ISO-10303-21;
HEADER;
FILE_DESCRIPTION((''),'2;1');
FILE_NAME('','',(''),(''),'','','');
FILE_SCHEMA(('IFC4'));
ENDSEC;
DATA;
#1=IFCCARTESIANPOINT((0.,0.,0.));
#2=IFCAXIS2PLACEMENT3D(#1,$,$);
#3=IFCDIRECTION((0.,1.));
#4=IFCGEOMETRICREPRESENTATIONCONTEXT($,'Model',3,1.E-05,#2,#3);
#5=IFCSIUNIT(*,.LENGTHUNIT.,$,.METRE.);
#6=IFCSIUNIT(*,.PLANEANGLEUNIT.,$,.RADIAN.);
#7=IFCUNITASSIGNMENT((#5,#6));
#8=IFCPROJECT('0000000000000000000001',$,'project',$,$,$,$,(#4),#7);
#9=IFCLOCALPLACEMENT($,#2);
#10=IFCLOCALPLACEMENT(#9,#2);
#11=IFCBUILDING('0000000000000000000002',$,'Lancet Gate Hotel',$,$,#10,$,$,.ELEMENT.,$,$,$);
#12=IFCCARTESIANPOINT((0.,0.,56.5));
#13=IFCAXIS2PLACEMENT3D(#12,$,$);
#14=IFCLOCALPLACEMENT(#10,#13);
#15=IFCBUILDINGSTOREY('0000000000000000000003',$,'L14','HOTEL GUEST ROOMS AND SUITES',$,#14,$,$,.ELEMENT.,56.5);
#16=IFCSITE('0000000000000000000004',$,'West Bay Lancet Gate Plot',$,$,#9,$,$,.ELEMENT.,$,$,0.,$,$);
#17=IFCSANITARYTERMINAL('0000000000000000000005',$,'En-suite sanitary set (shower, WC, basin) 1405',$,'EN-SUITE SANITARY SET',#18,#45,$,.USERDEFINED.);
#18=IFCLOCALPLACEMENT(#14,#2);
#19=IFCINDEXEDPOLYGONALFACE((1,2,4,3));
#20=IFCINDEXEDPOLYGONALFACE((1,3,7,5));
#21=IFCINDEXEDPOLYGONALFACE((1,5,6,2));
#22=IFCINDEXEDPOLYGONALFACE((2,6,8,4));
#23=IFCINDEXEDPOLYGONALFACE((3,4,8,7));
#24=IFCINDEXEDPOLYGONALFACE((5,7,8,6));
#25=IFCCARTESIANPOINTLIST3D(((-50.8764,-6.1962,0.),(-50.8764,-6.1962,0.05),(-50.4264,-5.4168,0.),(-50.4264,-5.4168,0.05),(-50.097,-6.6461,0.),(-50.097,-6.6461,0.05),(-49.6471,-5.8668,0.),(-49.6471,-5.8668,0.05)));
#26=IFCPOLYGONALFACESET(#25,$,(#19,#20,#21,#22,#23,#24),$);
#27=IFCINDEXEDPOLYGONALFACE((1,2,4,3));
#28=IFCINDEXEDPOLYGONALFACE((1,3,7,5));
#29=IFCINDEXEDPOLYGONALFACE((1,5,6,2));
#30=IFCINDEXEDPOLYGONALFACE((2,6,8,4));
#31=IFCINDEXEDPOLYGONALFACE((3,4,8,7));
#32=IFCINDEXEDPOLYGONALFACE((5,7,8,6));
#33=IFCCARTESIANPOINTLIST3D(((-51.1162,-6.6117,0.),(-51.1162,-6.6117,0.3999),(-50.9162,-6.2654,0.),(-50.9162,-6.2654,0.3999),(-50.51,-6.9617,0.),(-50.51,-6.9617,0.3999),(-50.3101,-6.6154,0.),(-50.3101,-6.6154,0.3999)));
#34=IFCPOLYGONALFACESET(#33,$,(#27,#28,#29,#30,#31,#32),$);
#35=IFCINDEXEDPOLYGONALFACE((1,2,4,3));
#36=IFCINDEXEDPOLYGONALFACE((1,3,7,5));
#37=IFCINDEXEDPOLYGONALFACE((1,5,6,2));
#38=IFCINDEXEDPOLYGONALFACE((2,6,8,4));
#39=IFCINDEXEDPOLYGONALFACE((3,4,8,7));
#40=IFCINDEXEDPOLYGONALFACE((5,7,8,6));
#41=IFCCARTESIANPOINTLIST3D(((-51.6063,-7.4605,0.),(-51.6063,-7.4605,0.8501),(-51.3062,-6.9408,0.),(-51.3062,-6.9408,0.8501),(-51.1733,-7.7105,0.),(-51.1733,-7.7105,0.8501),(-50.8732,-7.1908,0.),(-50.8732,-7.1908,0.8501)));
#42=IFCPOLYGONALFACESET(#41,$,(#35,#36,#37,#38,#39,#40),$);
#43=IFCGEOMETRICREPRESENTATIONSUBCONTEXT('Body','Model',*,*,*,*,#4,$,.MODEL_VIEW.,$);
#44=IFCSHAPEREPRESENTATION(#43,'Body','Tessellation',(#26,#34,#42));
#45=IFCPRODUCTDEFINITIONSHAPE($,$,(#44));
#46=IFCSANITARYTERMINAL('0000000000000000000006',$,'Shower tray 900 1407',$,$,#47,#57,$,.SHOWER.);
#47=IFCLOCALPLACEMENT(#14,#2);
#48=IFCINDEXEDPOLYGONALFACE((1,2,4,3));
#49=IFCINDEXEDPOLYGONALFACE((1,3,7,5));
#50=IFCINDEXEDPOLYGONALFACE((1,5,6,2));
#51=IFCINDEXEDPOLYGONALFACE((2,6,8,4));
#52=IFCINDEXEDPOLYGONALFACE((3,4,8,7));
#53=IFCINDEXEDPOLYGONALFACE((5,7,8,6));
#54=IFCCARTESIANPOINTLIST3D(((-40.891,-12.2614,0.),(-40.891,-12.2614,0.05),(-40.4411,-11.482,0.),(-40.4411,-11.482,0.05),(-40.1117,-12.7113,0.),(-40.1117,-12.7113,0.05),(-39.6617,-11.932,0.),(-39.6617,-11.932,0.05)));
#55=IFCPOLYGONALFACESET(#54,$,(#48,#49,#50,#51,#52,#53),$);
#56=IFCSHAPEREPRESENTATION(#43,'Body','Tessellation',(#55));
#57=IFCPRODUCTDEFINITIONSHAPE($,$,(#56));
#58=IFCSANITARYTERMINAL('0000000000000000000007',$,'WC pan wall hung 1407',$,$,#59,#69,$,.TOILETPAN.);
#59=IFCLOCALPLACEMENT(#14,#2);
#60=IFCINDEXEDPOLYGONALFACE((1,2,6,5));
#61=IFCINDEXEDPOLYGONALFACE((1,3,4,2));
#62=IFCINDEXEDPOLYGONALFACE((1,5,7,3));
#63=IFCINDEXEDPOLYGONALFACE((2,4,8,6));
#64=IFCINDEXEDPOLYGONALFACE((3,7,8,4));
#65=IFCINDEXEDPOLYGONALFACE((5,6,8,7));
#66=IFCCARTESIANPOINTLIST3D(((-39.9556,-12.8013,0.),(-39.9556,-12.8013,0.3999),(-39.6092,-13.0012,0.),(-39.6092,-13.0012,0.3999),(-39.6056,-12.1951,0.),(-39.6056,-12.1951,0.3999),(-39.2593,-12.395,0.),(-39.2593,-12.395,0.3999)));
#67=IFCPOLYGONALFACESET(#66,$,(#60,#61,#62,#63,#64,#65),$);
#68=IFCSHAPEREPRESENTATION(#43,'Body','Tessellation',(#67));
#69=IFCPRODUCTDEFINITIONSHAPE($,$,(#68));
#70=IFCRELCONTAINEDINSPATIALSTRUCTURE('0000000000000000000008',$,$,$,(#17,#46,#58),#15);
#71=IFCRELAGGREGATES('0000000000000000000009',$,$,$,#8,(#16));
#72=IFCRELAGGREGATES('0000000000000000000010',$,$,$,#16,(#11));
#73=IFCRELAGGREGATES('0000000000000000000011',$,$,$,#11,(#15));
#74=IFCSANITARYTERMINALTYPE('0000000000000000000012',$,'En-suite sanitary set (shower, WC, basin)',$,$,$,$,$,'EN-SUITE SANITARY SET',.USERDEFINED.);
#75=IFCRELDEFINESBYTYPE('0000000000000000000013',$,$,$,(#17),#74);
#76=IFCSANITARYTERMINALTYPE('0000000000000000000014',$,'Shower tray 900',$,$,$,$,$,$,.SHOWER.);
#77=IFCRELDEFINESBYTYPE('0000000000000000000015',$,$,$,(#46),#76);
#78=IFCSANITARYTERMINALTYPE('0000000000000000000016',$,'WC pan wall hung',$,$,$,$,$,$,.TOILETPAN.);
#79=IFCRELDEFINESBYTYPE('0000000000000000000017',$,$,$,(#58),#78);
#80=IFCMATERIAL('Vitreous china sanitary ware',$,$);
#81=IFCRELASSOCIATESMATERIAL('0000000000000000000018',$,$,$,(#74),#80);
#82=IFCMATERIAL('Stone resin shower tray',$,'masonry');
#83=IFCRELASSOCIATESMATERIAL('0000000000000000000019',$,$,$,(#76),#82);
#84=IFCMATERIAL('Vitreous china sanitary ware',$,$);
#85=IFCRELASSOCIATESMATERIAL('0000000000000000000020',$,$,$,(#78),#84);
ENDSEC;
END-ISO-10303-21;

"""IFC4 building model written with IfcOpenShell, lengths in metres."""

from ifc_helpers import new_model, si_unit, direction, frame, origin, origin_2d, place, context, subcontext, project, spatial, rectangle, extrude, material, type_object, element, save


model = new_model("IFC4")

# Units and contexts
model_context = context("Model", 3, precision=1e-05, world=origin(), true_north=direction((0.0, 1.0)))
body_context = subcontext(model_context, "Body", "Model", "MODEL_VIEW")
ifc_project = project(units=[si_unit("LENGTHUNIT", "METRE"), si_unit("PLANEANGLEUNIT", "RADIAN")], contexts=[model_context])

# Site, building, storey
site_placement = place(None, origin())
site = spatial("IfcSite", under=ifc_project, at=site_placement, Name="West Bay Lancet Gate Plot", CompositionType="ELEMENT", RefElevation=0.0)
building_placement = place(site_placement, origin())
building = spatial("IfcBuilding", under=site, at=building_placement, Name="Lancet Gate Hotel", CompositionType="ELEMENT")
storey_placement = place(building_placement, frame((0.0, 0.0, 56.5)))
storey = spatial("IfcBuildingStorey", under=building, at=storey_placement, Name="L14", Description="HOTEL GUEST ROOMS AND SUITES", CompositionType="ELEMENT", Elevation=56.5)

# Sanitary terminals
ifc_material_1 = material(Name="Vitreous china sanitary ware")
sanitary_terminal_type_1 = type_object("IfcSanitaryTerminalType", Name="En-suite sanitary set (shower, WC, basin)", ElementType="EN-SUITE SANITARY SET", PredefinedType="USERDEFINED", material=ifc_material_1)
sanitary_terminal_1_placement = place(storey_placement, frame((-50.2617, -6.0315, 0.0), z_axis=(0.0, 0.0, 1.0), x_axis=(1.0, 0.0, 0.0)))
element("IfcSanitaryTerminal", 1, at=sanitary_terminal_1_placement, inside=storey, type_object=sanitary_terminal_type_1, Name="En-suite sanitary set (shower, WC, basin) 1405", ObjectType="EN-SUITE SANITARY SET", PredefinedType="USERDEFINED", context=body_context, shape_type="SweptSolid", body=[
    extrude(rectangle(XDim=0.8999, YDim=0.8999, at=origin_2d()), frame((0.0, 0.0, 0.0), z_axis=(0.0, 0.0, 1.0), x_axis=(0.5, 0.866025, 0.0)), (0.0, 0.0, 1.0), 0.05),
    extrude(rectangle(XDim=0.3999, YDim=0.7, at=origin_2d()), frame((-0.4514, -0.582, 0.0), z_axis=(0.0, 0.0, 1.0), x_axis=(0.5, 0.866025, 0.0)), (0.0, 0.0, 1.0), 0.3999),
    extrude(rectangle(XDim=0.6001, YDim=0.5, at=origin_2d()), frame((-0.978, -1.2942, 0.0), z_axis=(0.0, 0.0, 1.0), x_axis=(0.5, 0.866025, 0.0)), (0.0, 0.0, 1.0), 0.8501),
])
ifc_material_2 = material(Name="Stone resin shower tray", Category="masonry")
sanitary_terminal_type_2 = type_object("IfcSanitaryTerminalType", Name="Shower tray 900", PredefinedType="SHOWER", material=ifc_material_2)
sanitary_terminal_2_placement = place(storey_placement, frame((-40.2764, -12.0967, 0.0), z_axis=(0.0, 0.0, 1.0), x_axis=(-0.866025, 0.5, 0.0)))
element("IfcSanitaryTerminal", 2, at=sanitary_terminal_2_placement, inside=storey, type_object=sanitary_terminal_type_2, Name="Shower tray 900 1407", PredefinedType="SHOWER", context=body_context, shape_type="SweptSolid", body=[
    extrude(rectangle(XDim=0.8999, YDim=0.8999, at=origin_2d()), origin(), (0.0, 0.0, 1.0), 0.05),
])
ifc_material_3 = material(Name="Vitreous china sanitary ware")
sanitary_terminal_type_3 = type_object("IfcSanitaryTerminalType", Name="WC pan wall hung", PredefinedType="TOILETPAN", material=ifc_material_3)
sanitary_terminal_3_placement = place(storey_placement, frame((-39.6074, -12.5981, 0.0), z_axis=(0.0, 0.0, 1.0), x_axis=(-0.866025, 0.5, 0.0)))
element("IfcSanitaryTerminal", 3, at=sanitary_terminal_3_placement, inside=storey, type_object=sanitary_terminal_type_3, Name="WC pan wall hung 1407", PredefinedType="TOILETPAN", context=body_context, shape_type="SweptSolid", body=[
    extrude(rectangle(XDim=0.3999, YDim=0.7, at=origin_2d()), origin(), (0.0, 0.0, 1.0), 0.3999),
])

save(model, "model.ifc")
